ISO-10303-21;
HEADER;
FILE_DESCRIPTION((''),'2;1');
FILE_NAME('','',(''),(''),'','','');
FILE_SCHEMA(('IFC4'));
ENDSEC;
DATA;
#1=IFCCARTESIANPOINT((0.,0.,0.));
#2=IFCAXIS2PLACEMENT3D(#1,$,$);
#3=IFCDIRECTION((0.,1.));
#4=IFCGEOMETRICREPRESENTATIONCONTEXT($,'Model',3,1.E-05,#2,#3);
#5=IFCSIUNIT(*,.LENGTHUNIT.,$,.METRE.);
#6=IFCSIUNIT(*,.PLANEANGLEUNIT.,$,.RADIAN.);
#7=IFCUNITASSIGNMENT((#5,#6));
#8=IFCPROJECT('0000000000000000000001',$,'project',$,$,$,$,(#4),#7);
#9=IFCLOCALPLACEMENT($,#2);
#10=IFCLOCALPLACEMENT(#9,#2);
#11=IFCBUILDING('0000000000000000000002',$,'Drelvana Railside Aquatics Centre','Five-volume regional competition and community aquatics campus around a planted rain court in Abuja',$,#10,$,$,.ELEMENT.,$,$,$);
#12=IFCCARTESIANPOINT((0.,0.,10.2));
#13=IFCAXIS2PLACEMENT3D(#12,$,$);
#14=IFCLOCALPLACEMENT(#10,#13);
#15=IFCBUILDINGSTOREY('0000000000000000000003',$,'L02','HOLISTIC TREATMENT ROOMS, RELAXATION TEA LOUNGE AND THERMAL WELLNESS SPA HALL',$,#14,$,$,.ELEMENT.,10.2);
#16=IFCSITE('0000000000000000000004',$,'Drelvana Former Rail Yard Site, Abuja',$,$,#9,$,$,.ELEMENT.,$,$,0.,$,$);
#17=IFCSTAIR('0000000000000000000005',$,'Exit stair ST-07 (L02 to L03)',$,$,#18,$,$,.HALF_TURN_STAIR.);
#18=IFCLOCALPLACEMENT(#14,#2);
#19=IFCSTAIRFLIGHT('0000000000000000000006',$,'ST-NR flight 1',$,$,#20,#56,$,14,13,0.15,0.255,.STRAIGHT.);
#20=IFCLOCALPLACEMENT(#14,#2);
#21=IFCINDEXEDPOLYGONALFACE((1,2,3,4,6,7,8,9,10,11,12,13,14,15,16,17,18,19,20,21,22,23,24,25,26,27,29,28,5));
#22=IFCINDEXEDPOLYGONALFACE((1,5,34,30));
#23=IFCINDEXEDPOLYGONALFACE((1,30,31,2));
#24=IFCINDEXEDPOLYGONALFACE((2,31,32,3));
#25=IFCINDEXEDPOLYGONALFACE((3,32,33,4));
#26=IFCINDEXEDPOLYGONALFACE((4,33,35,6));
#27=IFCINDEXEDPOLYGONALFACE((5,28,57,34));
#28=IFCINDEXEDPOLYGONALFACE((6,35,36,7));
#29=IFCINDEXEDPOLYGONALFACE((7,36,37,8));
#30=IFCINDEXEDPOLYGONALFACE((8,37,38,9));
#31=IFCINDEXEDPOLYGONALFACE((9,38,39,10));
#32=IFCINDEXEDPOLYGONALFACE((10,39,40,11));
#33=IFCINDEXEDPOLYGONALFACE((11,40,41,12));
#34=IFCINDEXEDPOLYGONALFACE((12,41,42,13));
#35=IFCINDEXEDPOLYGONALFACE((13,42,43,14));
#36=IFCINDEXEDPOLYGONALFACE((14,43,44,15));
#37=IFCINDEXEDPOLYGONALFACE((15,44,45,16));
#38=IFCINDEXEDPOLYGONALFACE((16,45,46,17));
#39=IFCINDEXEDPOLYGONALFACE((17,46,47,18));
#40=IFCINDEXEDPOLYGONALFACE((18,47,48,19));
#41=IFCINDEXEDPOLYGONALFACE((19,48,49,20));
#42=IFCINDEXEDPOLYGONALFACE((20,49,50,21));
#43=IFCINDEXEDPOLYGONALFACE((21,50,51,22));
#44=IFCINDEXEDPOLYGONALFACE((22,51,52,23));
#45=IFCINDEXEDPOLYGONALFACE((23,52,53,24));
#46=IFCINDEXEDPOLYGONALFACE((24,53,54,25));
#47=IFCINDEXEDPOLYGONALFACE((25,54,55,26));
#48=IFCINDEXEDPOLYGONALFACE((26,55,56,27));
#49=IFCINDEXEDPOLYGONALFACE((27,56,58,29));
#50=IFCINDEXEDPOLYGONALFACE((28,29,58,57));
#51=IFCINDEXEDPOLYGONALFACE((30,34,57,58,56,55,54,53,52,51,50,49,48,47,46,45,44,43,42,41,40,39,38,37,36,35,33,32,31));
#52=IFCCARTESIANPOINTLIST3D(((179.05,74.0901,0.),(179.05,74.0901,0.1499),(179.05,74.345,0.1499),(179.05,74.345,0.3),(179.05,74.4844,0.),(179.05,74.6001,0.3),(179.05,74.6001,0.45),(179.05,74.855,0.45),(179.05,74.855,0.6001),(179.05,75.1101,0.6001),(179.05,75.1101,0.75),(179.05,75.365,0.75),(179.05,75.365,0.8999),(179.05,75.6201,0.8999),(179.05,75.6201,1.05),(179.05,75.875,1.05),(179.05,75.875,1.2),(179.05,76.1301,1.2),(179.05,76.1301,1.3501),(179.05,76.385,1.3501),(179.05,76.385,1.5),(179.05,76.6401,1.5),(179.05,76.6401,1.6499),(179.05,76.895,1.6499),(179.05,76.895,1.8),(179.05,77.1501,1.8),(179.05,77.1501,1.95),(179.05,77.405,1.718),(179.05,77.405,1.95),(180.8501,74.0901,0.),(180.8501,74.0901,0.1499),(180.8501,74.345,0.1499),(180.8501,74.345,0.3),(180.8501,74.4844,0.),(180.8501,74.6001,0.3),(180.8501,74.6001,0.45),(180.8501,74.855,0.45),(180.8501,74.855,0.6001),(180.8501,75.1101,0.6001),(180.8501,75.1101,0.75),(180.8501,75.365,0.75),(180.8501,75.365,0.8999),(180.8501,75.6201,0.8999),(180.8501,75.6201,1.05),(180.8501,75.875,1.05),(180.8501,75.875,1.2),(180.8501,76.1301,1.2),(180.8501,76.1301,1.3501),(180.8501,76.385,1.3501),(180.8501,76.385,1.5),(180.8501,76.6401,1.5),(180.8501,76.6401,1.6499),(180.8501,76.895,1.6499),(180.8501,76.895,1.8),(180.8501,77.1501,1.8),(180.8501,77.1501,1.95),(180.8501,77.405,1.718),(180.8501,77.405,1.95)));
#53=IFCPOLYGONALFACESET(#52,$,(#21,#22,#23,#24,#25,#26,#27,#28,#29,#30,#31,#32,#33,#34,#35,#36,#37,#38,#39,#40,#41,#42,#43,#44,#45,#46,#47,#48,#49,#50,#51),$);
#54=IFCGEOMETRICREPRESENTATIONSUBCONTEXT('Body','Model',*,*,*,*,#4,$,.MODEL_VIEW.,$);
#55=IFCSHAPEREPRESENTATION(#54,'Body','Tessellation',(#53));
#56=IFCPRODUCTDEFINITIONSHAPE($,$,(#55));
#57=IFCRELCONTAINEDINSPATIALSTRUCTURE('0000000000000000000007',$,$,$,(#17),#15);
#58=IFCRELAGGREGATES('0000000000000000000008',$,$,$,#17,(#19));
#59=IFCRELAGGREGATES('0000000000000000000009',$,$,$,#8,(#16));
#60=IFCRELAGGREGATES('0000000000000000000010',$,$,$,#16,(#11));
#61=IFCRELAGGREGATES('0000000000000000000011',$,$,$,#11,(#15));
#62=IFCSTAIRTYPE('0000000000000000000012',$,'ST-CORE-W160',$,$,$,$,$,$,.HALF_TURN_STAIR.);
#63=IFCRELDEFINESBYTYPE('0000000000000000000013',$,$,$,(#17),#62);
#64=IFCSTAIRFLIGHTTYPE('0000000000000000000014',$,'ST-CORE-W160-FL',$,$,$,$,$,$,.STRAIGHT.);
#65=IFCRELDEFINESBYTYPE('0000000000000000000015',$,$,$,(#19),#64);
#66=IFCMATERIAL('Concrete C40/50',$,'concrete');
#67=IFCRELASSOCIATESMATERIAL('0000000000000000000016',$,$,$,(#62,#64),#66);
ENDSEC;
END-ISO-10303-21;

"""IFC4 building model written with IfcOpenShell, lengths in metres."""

from ifc_helpers import new_model, si_unit, direction, frame, origin, place, context, subcontext, project, spatial, polyline, outline, extrude, material, type_object, element, aggregate, save


model = new_model("IFC4")

# Units and contexts
model_context = context("Model", 3, precision=1e-05, world=origin(), true_north=direction((0.0, 1.0)))
body_context = subcontext(model_context, "Body", "Model", "MODEL_VIEW")
ifc_project = project(units=[si_unit("LENGTHUNIT", "METRE"), si_unit("PLANEANGLEUNIT", "RADIAN")], contexts=[model_context])

# Site, building, storey
site_placement = place(None, origin())
site = spatial("IfcSite", under=ifc_project, at=site_placement, Name="Drelvana Former Rail Yard Site, Abuja", CompositionType="ELEMENT", RefElevation=0.0)
building_placement = place(site_placement, origin())
building = spatial("IfcBuilding", under=site, at=building_placement, Name="Drelvana Railside Aquatics Centre", Description="Five-volume regional competition and community aquatics campus around a planted rain court in Abuja", CompositionType="ELEMENT")
storey_placement = place(building_placement, frame((0.0, 0.0, 10.2)))
storey = spatial("IfcBuildingStorey", under=building, at=storey_placement, Name="L02", Description="HOLISTIC TREATMENT ROOMS, RELAXATION TEA LOUNGE AND THERMAL WELLNESS SPA HALL", CompositionType="ELEMENT", Elevation=10.2)

# Shared definitions
ifc_material_1 = material(Name="Concrete C40/50", Category="concrete")

# Stair, stair flight
stair_type = type_object("IfcStairType", Name="ST-CORE-W160", PredefinedType="HALF_TURN_STAIR", material=ifc_material_1)
stair_placement = place(storey_placement, origin())
stair = element("IfcStair", 1, at=stair_placement, inside=storey, type_object=stair_type, Name="Exit stair ST-07 (L02 to L03)", PredefinedType="HALF_TURN_STAIR")
stair_flight_type = type_object("IfcStairFlightType", Name="ST-CORE-W160-FL", PredefinedType="STRAIGHT", material=ifc_material_1)
stair_flight_placement = place(storey_placement, frame((179.95, 74.0901, 0.0), z_axis=(0.0, 0.0, 1.0), x_axis=(0.0, 1.0, 0.0)))
stair_flight = element("IfcStairFlight", 2, at=stair_flight_placement, type_object=stair_flight_type, Name="ST-NR flight 1", NumberOfRisers=14, NumberOfTreads=13, PredefinedType="STRAIGHT", RiserHeight=0.15, TreadLength=0.255, context=body_context, shape_type="SweptSolid", body=[
    extrude(outline(polyline([(0.0, 0.0), (0.0, 0.1499), (0.2549, 0.1499), (0.2549, 0.3), (0.51, 0.3), (0.51, 0.45), (0.7649, 0.45), (0.7649, 0.6001), (1.02, 0.6001), (1.02, 0.75), (1.2749, 0.75), (1.2749, 0.8999), (1.53, 0.8999), (1.53, 1.05), (1.7849, 1.05), (1.7849, 1.2), (2.04, 1.2), (2.04, 1.3501), (2.2949, 1.3501), (2.2949, 1.5), (2.55, 1.5), (2.55, 1.6499), (2.8049, 1.6499), (2.8049, 1.8), (3.0601, 1.8), (3.0601, 1.95), (3.3149, 1.95), (3.3149, 2.1001), (3.3149, 1.718), (0.3943, 0.0), (0.0, 0.0)])), frame((0.0, 0.8999, 0.0), z_axis=(0.0, -1.0, 0.0), x_axis=(1.0, 0.0, 0.0)), (0.0, 0.0, 1.0), 1.8),
])
aggregate(stair, [stair_flight])

save(model, "model.ifc")
